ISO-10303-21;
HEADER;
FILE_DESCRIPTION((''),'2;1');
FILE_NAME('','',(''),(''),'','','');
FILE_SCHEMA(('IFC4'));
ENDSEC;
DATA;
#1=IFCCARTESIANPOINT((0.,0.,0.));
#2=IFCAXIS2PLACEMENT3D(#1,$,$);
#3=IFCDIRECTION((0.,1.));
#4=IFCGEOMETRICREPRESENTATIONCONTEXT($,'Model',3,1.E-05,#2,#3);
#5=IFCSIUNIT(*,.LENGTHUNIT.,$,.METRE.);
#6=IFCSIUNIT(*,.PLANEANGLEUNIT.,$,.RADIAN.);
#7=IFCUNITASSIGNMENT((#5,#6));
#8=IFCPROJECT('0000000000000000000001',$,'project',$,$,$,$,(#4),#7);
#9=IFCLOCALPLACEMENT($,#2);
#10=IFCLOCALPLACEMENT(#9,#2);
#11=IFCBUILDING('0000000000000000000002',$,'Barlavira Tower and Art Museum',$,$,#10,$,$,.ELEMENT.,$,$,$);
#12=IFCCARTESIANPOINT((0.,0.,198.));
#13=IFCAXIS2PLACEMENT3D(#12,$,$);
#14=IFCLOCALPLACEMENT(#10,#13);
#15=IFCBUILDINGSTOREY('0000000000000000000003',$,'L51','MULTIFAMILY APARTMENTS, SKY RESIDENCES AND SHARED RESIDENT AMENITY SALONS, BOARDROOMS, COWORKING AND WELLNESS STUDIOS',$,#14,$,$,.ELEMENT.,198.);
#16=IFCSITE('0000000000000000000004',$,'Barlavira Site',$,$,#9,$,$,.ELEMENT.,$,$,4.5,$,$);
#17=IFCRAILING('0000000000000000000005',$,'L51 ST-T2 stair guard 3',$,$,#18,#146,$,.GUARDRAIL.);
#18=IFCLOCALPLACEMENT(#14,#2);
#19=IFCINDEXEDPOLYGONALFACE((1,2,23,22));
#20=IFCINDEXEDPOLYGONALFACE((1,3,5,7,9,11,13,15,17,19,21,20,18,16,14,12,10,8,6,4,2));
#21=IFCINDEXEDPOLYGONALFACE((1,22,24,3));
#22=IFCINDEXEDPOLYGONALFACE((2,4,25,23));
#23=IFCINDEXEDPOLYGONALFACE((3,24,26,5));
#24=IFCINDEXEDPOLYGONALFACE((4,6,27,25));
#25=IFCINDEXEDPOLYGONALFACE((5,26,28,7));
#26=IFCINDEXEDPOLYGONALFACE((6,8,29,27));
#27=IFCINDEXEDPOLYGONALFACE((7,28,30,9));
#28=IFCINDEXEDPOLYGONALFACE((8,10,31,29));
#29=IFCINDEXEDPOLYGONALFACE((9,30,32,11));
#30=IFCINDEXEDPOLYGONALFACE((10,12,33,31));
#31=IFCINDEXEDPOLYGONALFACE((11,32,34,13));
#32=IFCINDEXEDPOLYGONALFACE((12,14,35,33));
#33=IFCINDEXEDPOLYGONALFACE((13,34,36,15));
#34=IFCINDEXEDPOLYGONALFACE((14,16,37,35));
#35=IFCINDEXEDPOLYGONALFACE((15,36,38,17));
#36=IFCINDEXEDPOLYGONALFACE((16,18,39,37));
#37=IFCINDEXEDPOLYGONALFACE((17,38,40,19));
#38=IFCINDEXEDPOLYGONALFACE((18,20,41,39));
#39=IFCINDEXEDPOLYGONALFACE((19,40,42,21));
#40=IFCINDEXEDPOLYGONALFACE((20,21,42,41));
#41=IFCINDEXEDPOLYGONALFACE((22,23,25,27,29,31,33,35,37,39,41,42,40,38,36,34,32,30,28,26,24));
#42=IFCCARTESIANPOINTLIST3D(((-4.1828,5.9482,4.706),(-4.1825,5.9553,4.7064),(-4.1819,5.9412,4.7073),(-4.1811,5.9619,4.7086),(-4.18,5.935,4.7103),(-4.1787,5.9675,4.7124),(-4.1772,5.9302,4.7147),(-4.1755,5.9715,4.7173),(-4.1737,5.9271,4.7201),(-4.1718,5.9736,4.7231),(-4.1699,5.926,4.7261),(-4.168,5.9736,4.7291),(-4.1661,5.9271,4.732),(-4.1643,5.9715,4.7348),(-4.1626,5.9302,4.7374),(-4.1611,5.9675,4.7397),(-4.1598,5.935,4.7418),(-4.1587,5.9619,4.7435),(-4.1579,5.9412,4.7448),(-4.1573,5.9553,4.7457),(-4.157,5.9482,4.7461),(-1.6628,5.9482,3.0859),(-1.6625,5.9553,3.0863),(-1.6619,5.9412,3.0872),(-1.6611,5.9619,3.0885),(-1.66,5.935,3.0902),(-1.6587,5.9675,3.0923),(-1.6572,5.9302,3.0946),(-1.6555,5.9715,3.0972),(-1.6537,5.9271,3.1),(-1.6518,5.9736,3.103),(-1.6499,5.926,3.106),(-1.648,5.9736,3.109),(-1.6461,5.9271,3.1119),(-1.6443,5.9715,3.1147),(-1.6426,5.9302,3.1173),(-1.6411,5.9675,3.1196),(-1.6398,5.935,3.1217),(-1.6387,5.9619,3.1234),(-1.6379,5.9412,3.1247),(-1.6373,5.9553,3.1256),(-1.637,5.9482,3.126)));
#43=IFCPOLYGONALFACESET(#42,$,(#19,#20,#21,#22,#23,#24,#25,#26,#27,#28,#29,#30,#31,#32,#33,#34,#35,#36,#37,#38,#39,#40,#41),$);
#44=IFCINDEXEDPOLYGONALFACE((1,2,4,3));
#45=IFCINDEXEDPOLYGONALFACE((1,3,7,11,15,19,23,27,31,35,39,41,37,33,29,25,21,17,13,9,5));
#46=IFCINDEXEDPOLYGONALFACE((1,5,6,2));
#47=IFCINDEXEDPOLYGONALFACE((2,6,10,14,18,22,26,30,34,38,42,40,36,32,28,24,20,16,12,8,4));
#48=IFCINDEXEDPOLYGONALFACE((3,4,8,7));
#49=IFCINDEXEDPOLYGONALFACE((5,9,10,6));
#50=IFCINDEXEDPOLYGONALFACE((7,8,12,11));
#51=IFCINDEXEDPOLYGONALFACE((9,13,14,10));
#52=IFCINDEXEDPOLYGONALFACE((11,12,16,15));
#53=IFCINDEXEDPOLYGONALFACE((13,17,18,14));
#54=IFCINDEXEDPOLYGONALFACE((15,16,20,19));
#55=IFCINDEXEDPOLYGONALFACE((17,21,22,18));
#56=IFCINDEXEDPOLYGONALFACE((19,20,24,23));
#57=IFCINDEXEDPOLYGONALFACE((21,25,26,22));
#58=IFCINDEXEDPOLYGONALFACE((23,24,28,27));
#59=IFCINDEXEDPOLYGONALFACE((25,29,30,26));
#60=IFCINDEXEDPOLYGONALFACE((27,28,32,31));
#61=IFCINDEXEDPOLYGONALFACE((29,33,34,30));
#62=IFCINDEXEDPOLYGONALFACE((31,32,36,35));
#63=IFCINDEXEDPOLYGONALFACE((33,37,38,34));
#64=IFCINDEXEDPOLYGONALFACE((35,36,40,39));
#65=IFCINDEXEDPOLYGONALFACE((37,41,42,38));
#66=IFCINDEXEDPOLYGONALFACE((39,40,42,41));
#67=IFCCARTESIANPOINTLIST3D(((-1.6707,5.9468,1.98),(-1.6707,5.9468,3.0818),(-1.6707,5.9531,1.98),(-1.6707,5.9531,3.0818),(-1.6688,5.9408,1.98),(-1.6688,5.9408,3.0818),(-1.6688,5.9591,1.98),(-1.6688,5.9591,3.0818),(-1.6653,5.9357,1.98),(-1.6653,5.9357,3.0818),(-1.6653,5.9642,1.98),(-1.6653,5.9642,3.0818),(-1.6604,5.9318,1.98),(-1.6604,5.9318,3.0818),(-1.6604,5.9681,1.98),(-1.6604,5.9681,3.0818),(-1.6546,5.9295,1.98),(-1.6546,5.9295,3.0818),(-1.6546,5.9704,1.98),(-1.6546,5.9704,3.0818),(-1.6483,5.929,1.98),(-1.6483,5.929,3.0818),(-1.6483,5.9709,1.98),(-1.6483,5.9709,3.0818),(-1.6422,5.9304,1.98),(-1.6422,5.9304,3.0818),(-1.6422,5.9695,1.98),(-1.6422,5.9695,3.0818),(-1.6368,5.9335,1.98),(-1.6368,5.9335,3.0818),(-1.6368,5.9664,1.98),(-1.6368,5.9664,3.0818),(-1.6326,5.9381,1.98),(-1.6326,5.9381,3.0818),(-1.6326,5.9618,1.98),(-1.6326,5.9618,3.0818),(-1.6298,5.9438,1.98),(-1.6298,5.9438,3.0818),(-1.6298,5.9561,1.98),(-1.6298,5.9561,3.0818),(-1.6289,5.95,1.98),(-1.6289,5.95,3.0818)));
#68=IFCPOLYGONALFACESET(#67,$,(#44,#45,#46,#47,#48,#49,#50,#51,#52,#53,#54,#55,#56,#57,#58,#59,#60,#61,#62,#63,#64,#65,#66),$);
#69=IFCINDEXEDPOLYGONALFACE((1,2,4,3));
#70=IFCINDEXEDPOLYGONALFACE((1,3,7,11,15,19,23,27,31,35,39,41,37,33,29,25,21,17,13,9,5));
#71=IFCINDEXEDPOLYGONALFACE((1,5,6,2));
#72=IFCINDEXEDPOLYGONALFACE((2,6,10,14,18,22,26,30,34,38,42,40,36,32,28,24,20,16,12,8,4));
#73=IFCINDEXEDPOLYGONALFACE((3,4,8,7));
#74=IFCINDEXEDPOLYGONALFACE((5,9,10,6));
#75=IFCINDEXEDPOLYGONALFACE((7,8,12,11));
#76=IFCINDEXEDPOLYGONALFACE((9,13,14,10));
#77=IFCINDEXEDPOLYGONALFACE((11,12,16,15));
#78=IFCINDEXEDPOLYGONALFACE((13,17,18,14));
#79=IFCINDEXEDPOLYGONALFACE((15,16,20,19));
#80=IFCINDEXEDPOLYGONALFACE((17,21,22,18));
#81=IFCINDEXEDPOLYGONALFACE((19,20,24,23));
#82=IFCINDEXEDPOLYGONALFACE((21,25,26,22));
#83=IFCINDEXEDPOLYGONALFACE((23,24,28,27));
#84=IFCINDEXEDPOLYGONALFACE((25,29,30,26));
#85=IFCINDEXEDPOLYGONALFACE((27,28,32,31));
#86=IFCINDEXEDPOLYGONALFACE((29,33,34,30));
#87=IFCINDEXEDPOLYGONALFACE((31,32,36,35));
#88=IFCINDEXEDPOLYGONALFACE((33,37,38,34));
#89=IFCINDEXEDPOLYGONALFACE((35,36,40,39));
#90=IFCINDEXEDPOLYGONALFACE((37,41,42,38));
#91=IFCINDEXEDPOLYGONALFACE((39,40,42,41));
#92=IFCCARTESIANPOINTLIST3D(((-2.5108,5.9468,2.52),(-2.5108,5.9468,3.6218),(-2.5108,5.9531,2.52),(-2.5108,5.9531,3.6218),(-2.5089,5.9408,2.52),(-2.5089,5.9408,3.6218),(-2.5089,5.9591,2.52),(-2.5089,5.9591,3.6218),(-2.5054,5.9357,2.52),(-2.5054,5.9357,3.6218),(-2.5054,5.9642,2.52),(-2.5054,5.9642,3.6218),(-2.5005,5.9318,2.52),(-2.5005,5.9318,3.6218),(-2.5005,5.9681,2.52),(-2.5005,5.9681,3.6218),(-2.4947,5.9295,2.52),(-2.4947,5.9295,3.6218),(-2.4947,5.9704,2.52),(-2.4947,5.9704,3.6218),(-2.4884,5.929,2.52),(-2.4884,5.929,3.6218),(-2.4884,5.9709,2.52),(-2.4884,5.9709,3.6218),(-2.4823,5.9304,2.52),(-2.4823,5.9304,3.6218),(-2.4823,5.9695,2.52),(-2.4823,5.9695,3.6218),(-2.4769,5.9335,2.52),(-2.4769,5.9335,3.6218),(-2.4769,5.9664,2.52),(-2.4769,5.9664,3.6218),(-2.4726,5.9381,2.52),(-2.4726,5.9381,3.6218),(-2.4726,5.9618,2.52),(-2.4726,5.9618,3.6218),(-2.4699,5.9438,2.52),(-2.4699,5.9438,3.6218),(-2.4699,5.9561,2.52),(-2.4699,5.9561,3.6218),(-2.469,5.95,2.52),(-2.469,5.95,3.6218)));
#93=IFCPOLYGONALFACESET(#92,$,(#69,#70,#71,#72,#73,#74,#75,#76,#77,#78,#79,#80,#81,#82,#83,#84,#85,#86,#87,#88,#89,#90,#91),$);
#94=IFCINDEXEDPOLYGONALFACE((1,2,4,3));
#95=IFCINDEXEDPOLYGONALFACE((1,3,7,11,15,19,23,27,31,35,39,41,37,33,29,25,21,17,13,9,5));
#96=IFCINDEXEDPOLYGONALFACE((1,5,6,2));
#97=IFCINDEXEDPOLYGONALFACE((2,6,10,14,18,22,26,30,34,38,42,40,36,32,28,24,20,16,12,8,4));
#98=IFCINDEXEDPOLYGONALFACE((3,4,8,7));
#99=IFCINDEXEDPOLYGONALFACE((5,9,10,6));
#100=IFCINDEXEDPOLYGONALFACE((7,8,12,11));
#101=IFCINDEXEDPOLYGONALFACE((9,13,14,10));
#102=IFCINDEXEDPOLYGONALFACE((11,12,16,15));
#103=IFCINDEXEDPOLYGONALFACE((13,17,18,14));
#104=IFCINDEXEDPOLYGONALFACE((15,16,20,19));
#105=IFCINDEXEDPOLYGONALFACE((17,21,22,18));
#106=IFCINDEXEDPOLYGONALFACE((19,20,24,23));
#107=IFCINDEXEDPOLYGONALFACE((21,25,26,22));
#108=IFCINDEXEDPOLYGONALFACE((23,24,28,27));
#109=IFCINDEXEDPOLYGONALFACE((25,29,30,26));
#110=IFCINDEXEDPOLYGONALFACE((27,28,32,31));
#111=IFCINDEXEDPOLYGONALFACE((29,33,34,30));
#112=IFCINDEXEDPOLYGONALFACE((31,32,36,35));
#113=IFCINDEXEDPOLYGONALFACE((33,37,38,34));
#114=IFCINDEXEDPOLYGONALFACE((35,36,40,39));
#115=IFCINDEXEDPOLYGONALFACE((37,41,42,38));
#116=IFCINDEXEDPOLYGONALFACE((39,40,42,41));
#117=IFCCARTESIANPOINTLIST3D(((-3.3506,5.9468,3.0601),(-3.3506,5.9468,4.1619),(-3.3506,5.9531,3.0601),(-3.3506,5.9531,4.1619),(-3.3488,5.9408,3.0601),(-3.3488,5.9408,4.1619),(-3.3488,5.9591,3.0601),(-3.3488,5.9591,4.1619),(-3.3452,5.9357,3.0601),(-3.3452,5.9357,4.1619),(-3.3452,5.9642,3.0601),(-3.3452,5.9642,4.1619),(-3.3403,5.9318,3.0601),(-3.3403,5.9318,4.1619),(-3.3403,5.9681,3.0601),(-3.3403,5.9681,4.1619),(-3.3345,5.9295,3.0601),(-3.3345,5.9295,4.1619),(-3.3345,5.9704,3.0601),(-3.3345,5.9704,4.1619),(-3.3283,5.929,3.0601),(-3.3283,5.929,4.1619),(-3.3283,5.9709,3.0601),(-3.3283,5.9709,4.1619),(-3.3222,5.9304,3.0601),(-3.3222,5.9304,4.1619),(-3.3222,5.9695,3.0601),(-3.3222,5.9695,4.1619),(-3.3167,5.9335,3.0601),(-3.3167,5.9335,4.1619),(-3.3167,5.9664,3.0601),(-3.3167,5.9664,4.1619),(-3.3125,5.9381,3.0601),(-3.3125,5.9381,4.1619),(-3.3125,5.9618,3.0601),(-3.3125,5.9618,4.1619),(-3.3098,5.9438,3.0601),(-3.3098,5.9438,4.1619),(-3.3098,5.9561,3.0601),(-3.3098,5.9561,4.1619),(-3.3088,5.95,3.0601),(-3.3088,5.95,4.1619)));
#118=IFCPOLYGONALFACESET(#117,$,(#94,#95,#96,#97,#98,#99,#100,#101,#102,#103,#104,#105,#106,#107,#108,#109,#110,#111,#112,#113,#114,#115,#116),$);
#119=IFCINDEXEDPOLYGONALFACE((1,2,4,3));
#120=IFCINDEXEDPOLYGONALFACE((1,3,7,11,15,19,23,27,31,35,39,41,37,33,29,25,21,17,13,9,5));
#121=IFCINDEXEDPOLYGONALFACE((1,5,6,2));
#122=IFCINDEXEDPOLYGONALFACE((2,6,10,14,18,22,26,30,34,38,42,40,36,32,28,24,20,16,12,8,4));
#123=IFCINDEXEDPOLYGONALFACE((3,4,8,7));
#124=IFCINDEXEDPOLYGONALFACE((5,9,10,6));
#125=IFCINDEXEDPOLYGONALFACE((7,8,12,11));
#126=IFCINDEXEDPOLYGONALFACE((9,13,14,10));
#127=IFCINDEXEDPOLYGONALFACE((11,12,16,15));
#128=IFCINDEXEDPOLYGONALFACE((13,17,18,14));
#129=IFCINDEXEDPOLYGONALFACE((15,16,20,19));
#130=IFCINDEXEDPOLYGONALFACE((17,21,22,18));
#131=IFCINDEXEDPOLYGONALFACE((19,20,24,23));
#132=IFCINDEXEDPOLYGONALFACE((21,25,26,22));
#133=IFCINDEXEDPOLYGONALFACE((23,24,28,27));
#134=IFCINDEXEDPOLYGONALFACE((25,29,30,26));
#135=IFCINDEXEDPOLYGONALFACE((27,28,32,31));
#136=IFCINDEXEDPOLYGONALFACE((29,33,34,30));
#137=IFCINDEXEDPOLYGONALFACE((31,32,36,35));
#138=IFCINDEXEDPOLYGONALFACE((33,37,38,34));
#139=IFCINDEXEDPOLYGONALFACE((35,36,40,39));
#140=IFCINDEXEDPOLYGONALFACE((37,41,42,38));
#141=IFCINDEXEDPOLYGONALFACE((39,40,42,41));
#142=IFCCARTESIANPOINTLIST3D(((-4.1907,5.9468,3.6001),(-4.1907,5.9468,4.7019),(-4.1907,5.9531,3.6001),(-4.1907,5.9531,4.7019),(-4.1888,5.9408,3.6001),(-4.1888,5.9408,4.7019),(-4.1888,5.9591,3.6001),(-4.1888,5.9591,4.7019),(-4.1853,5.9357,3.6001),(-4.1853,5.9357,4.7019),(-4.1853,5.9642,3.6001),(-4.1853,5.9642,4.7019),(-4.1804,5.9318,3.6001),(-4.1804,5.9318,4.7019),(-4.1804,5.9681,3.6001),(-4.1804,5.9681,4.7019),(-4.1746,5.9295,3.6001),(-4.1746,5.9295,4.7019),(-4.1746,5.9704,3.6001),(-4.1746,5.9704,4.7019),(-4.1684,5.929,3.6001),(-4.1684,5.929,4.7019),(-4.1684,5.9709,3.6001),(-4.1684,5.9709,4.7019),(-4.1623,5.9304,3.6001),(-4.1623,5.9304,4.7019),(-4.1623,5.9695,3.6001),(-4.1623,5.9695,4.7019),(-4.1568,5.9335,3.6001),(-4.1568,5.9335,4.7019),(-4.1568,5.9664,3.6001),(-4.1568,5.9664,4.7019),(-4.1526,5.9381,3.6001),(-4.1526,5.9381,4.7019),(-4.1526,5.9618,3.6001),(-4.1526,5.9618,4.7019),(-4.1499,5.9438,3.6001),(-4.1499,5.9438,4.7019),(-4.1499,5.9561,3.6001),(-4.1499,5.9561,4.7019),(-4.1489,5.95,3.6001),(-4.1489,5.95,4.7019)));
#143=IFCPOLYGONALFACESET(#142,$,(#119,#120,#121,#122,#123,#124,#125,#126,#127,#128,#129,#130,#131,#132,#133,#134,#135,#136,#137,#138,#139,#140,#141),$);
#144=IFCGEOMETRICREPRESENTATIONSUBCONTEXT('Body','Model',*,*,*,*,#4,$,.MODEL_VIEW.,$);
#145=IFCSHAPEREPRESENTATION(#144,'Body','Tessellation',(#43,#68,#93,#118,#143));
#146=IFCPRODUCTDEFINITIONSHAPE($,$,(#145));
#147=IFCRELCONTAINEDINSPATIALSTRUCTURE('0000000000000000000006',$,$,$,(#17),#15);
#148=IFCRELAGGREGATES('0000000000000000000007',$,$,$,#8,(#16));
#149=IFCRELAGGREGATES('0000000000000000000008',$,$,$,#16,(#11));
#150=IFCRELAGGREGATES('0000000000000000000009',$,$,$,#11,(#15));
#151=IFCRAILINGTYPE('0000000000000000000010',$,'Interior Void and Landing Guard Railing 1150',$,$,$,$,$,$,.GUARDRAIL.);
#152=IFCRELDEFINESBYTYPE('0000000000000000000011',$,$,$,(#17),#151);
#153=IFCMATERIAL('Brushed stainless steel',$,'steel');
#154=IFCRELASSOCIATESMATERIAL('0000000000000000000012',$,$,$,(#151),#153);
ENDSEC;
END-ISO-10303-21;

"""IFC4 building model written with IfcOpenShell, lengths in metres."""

from ifc_helpers import new_model, si_unit, direction, frame, origin, origin_2d, place, context, subcontext, project, spatial, circle, extrude, material, type_object, element, save


model = new_model("IFC4")

# Units and contexts
model_context = context("Model", 3, precision=1e-05, world=origin(), true_north=direction((0.0, 1.0)))
body_context = subcontext(model_context, "Body", "Model", "MODEL_VIEW")
ifc_project = project(units=[si_unit("LENGTHUNIT", "METRE"), si_unit("PLANEANGLEUNIT", "RADIAN")], contexts=[model_context])

# Site, building, storey
site_placement = place(None, origin())
site = spatial("IfcSite", under=ifc_project, at=site_placement, Name="Barlavira Site", CompositionType="ELEMENT", RefElevation=4.5)
building_placement = place(site_placement, origin())
building = spatial("IfcBuilding", under=site, at=building_placement, Name="Barlavira Tower and Art Museum", CompositionType="ELEMENT")
storey_placement = place(building_placement, frame((0.0, 0.0, 198.0)))
storey = spatial("IfcBuildingStorey", under=building, at=storey_placement, Name="L51", Description="MULTIFAMILY APARTMENTS, SKY RESIDENCES AND SHARED RESIDENT AMENITY SALONS, BOARDROOMS, COWORKING AND WELLNESS STUDIOS", CompositionType="ELEMENT", Elevation=198.0)

# Shared definitions
ifc_material_1 = material(Name="Brushed stainless steel", Category="steel")

# Railing
railing_type_1 = type_object("IfcRailingType", Name="Interior Void and Landing Guard Railing 1150", PredefinedType="GUARDRAIL", material=ifc_material_1)
railing_1_placement = place(storey_placement, frame((-1.6499, 5.95, 1.98)))
element("IfcRailing", 1, at=railing_1_placement, inside=storey, type_object=railing_type_1, Name="L51 ST-T2 stair guard 3", PredefinedType="GUARDRAIL", context=body_context, shape_type="SweptSolid", body=[
    extrude(circle(Radius=0.0239, at=origin_2d()), frame((0.0, 0.0, 1.126), z_axis=(-0.841163, 0.0, 0.540782), x_axis=(0.0, -1.0, 0.0)), (0.0, 0.0, 1.0), 2.9958),
    extrude(circle(Radius=0.021, at=origin_2d()), origin(), (0.0, 0.0, 1.0), 1.1018),
    extrude(circle(Radius=0.021, at=origin_2d()), frame((-0.8401, 0.0, 0.54)), (0.0, 0.0, 1.0), 1.1018),
    extrude(circle(Radius=0.021, at=origin_2d()), frame((-1.6799, 0.0, 1.0801)), (0.0, 0.0, 1.0), 1.1018),
    extrude(circle(Radius=0.021, at=origin_2d()), frame((-2.52, 0.0, 1.6201)), (0.0, 0.0, 1.0), 1.1018),
])

save(model, "model.ifc")
